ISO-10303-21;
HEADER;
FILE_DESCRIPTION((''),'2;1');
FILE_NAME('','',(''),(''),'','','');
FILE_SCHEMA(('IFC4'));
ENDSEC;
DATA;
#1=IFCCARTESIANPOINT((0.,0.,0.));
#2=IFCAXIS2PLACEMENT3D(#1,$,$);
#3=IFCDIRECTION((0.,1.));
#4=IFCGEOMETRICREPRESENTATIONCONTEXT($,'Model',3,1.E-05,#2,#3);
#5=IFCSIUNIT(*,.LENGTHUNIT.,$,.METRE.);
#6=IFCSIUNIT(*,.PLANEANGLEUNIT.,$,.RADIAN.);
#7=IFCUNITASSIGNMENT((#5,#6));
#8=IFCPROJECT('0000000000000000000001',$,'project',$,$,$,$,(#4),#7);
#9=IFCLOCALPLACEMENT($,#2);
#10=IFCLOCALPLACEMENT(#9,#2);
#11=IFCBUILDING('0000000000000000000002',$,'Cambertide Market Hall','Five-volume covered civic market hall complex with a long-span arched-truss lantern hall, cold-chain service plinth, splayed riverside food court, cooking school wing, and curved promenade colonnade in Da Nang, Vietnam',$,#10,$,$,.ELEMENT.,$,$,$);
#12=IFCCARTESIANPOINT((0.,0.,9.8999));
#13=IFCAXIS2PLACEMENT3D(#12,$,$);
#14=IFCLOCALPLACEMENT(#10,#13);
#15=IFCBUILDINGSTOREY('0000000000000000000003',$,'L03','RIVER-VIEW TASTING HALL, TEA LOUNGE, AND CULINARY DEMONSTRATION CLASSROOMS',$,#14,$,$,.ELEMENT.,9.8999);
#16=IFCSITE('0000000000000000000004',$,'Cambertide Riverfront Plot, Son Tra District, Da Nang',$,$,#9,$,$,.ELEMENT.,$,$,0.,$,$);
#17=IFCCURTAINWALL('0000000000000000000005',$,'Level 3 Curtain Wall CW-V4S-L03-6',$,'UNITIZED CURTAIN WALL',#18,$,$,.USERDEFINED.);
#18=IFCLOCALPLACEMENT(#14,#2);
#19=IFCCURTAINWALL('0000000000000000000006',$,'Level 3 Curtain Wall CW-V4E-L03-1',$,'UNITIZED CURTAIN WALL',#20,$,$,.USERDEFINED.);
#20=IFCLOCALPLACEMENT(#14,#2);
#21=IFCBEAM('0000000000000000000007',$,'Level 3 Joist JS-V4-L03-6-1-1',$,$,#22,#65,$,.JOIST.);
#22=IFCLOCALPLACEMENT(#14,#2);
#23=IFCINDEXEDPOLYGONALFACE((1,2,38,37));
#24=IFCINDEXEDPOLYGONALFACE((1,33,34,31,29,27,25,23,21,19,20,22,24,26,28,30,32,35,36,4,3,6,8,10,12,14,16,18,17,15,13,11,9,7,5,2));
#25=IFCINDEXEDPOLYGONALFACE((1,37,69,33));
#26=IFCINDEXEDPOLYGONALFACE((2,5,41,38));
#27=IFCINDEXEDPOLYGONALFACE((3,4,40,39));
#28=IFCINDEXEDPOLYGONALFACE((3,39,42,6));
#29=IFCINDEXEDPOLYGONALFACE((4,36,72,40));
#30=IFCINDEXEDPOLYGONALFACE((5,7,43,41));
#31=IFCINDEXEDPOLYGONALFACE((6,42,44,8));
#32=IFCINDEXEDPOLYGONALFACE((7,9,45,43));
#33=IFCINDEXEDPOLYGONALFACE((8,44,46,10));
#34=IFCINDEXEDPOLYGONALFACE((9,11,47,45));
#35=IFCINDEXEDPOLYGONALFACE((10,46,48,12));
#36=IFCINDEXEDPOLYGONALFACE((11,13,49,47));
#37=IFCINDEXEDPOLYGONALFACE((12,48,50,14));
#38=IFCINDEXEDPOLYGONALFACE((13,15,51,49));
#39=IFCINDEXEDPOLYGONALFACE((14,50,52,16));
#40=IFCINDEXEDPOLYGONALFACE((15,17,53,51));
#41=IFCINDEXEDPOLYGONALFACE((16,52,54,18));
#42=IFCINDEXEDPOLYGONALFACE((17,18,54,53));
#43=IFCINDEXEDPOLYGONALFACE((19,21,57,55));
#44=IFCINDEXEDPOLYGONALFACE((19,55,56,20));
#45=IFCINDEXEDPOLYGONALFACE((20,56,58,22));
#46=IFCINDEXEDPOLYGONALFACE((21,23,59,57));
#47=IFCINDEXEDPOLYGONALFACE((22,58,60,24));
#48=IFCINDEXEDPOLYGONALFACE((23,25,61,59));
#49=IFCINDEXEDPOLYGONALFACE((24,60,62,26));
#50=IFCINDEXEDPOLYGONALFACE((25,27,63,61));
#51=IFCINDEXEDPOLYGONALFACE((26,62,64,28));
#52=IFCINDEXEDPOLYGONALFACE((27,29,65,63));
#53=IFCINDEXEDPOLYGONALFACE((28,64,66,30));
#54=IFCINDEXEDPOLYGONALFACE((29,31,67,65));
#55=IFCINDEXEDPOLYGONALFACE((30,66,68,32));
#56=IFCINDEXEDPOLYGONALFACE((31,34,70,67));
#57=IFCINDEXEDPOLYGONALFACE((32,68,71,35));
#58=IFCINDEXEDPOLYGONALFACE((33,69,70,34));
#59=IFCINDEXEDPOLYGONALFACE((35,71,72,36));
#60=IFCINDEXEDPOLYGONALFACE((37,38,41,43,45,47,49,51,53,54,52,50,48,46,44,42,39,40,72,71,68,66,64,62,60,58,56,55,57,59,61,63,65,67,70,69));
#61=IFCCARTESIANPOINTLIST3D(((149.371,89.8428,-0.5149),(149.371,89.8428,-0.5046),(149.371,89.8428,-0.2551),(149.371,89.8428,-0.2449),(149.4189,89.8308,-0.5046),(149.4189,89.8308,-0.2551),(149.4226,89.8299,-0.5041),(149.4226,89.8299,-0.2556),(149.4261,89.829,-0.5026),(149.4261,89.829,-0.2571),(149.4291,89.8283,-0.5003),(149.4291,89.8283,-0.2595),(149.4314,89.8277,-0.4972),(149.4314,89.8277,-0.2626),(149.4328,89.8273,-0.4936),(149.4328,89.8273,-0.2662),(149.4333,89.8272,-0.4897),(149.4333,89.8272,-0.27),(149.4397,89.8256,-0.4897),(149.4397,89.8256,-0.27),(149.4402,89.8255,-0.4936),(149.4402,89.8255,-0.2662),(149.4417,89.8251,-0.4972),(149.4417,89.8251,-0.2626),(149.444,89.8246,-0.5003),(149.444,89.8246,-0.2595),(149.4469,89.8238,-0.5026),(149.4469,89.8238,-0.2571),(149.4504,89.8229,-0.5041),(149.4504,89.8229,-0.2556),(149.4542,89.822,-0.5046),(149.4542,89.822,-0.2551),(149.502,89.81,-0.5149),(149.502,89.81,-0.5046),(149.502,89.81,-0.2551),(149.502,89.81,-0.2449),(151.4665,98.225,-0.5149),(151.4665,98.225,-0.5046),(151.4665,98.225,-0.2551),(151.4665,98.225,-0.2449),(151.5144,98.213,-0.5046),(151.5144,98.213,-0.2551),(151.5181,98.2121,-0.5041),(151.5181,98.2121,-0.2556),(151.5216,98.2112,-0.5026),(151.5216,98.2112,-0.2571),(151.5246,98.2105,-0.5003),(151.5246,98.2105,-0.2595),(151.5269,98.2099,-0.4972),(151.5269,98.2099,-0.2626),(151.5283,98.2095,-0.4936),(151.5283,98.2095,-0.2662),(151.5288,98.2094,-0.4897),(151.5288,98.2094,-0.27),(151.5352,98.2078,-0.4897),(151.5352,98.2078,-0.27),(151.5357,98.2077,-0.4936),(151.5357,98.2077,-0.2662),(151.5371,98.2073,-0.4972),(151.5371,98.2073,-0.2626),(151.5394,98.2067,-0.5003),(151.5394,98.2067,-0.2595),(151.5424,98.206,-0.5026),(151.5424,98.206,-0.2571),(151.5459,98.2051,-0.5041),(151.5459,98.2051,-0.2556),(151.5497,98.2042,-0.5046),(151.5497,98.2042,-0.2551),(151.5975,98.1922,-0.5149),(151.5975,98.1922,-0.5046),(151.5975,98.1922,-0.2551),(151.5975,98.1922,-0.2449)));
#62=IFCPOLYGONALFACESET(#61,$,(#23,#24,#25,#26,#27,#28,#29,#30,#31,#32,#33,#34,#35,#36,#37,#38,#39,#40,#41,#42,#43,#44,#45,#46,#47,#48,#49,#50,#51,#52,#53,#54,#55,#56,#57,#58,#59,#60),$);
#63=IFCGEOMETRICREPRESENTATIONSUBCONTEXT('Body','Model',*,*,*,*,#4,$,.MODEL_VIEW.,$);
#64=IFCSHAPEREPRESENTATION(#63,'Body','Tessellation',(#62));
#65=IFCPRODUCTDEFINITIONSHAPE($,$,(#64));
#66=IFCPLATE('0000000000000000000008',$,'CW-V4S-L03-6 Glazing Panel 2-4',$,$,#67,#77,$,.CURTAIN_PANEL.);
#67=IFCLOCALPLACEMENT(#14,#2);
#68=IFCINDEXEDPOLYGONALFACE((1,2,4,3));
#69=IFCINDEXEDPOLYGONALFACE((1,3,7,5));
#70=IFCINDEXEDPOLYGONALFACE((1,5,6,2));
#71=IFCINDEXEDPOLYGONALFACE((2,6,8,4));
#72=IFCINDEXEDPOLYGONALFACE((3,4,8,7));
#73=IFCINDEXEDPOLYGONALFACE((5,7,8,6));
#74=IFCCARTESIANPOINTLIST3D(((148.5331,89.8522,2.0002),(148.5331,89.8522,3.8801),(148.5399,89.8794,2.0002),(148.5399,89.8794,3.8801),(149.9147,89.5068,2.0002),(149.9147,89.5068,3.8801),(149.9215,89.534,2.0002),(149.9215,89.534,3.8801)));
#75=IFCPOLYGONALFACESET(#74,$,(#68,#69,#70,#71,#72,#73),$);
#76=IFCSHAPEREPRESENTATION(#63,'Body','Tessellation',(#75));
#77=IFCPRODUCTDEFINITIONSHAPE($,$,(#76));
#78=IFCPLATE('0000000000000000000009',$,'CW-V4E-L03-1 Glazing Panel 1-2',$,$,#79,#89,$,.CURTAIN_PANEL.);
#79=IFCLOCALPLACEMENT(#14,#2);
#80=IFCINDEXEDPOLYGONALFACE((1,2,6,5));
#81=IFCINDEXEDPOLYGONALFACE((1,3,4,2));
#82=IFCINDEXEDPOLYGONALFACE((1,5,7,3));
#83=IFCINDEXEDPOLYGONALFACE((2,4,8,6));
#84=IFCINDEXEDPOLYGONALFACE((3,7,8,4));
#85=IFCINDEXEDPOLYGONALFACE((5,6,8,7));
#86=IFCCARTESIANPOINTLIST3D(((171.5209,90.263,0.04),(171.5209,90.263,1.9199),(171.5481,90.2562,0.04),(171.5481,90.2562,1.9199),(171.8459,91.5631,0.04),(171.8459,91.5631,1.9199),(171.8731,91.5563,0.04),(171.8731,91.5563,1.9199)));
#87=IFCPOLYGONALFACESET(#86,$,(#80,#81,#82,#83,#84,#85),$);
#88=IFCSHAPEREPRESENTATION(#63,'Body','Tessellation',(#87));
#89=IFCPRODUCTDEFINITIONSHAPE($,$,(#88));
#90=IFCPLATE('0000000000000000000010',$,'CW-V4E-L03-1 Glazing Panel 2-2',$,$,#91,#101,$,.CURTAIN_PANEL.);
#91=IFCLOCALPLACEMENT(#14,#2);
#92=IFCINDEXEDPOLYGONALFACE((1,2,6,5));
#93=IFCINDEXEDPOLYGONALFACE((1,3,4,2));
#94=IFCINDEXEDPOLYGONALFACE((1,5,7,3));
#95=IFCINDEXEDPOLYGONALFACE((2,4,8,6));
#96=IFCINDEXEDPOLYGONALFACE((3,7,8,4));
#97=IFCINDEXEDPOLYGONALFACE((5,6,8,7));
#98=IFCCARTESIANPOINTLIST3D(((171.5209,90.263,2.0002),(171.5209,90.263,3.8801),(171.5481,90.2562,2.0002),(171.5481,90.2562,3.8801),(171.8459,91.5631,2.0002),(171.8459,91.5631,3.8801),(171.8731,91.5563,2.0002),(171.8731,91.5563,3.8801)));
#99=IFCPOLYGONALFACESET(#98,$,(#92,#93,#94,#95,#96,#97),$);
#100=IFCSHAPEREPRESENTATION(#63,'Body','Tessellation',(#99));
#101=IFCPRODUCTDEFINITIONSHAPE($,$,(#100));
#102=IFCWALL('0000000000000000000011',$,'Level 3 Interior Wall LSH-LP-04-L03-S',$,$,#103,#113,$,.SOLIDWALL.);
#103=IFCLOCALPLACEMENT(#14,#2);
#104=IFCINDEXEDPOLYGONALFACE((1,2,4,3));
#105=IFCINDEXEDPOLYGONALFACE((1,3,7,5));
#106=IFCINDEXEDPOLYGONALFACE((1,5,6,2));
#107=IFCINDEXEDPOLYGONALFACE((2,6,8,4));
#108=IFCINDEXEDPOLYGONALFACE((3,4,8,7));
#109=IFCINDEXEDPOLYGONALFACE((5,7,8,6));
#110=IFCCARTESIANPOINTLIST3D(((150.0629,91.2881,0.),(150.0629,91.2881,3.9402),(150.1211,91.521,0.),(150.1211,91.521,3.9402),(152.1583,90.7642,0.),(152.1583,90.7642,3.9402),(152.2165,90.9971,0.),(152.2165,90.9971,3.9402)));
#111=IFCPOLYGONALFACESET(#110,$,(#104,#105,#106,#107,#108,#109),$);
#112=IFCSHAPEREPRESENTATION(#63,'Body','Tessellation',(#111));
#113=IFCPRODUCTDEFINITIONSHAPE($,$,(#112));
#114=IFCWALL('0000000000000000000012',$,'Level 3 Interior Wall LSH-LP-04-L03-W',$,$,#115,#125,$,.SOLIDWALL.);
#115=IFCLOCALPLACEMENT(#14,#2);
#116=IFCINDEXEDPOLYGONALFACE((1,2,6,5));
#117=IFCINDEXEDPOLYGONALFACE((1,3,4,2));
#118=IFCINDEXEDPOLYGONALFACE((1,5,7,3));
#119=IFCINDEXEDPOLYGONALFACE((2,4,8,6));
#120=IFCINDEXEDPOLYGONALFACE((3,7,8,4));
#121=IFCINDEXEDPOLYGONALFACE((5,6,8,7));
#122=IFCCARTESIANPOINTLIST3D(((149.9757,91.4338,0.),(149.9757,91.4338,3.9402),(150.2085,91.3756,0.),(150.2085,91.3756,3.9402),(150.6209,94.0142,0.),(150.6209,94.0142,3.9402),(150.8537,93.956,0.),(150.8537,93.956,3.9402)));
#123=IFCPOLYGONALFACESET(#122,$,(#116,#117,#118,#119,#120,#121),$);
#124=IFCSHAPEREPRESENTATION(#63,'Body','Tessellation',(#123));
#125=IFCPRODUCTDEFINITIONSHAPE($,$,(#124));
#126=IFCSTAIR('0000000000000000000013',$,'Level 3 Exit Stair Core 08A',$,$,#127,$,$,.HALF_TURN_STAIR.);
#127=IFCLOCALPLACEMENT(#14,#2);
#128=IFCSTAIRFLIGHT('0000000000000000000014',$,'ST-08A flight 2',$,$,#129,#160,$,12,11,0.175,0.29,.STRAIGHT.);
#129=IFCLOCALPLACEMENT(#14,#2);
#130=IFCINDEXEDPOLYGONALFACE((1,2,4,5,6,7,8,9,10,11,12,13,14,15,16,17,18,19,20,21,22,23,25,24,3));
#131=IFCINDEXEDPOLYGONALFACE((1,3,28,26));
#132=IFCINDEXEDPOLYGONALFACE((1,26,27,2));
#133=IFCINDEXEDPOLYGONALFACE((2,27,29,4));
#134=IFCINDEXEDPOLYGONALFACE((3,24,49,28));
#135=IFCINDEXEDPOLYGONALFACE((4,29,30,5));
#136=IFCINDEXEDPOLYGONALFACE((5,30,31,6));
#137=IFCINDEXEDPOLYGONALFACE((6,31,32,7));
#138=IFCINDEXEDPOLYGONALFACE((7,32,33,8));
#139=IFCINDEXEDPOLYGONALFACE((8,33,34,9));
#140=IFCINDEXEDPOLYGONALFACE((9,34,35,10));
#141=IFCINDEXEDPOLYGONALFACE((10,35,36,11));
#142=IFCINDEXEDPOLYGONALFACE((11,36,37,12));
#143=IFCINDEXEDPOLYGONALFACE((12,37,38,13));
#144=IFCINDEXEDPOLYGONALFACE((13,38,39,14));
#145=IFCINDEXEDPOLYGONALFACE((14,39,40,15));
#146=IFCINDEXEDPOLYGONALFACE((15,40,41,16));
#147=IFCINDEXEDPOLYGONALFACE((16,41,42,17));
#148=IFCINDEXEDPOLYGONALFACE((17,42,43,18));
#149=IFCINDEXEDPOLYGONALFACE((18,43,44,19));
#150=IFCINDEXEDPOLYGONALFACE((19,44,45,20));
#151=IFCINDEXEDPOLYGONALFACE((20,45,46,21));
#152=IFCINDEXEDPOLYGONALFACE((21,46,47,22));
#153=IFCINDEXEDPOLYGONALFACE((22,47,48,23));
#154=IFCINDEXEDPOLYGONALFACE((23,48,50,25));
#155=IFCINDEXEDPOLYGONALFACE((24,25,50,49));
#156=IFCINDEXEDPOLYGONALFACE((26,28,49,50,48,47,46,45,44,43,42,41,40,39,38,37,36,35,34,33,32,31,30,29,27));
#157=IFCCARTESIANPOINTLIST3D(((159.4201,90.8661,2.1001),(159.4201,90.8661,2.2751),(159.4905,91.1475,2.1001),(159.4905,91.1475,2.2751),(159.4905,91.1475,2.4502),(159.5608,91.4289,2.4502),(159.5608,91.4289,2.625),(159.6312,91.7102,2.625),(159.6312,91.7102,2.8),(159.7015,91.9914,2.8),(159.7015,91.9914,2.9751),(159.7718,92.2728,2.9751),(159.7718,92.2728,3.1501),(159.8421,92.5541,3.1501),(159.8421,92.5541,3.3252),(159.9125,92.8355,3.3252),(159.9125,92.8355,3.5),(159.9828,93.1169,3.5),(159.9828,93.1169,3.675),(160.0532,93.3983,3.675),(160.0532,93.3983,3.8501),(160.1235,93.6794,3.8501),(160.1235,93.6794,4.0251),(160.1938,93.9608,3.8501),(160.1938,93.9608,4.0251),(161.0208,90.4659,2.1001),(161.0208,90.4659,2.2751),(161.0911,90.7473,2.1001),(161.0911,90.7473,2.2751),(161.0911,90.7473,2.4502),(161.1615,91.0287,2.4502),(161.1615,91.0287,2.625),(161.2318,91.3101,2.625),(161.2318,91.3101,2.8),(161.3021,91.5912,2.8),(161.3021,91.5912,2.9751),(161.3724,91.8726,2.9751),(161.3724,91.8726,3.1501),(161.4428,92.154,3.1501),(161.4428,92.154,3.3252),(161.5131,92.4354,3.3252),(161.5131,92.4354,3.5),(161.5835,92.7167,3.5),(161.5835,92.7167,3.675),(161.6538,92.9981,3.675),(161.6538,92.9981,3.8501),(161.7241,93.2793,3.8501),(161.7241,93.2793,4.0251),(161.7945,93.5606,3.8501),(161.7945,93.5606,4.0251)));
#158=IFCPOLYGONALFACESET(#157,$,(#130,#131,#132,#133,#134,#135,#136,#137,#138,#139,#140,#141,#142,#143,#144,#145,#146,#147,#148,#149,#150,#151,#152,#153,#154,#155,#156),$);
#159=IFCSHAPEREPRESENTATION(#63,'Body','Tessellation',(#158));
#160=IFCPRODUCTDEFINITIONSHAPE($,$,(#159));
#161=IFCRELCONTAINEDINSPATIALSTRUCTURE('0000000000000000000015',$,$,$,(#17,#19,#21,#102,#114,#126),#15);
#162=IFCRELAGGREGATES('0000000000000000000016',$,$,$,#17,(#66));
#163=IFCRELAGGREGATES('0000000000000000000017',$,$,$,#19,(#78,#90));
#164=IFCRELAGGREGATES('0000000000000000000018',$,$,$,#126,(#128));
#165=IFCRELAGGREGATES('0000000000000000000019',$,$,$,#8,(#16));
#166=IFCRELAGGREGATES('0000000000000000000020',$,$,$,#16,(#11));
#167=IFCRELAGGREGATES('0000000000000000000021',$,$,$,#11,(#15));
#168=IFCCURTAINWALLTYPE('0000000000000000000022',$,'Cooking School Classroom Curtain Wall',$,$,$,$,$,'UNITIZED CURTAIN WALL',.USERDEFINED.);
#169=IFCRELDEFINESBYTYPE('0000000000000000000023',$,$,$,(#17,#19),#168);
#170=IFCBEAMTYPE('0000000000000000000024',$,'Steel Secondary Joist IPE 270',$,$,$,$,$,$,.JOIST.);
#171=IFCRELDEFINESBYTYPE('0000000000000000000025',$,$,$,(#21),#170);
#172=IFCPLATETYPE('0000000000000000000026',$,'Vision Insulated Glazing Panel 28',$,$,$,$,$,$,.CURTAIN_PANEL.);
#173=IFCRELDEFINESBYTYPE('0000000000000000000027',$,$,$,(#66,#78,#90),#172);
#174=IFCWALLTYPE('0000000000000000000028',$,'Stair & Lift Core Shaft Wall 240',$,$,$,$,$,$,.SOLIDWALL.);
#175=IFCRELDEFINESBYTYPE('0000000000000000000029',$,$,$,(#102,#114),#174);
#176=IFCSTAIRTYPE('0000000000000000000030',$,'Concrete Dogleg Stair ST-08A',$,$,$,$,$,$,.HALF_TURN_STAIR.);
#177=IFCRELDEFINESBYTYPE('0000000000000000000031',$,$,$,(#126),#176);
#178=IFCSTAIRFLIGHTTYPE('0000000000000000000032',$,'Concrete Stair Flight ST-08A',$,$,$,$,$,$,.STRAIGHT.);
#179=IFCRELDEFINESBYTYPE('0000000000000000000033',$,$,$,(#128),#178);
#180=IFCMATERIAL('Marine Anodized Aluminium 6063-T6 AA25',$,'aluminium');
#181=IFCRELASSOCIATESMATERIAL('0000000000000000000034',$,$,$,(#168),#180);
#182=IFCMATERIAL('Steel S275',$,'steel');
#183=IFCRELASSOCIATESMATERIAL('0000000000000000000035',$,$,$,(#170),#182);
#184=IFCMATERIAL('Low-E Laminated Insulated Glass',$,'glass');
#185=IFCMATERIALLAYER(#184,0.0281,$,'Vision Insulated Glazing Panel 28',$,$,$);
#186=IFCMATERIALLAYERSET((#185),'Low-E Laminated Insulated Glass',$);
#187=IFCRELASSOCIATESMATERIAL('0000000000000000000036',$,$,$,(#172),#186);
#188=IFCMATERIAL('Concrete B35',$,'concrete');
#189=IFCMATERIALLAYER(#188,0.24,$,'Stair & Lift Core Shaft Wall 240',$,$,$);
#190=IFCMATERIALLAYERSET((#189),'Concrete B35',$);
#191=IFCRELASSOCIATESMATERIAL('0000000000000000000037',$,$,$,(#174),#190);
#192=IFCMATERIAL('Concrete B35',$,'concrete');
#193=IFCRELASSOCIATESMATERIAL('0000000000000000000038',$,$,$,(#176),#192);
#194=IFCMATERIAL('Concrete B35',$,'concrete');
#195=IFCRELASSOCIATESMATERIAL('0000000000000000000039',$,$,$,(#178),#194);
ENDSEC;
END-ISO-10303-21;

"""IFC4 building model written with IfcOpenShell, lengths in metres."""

from ifc_helpers import new_model, si_unit, direction, frame, frame_2d, origin, origin_2d, place, context, subcontext, project, spatial, polyline, rectangle, i_section, outline, extrude, material, layer, layer_set, material_profile, profile_set, type_object, element, aggregate, save


model = new_model("IFC4")

# Units and contexts
model_context = context("Model", 3, precision=1e-05, world=origin(), true_north=direction((0.0, 1.0)))
body_context = subcontext(model_context, "Body", "Model", "MODEL_VIEW")
ifc_project = project(units=[si_unit("LENGTHUNIT", "METRE"), si_unit("PLANEANGLEUNIT", "RADIAN")], contexts=[model_context])

# Site, building, storey
site_placement = place(None, origin())
site = spatial("IfcSite", under=ifc_project, at=site_placement, Name="Cambertide Riverfront Plot, Son Tra District, Da Nang", CompositionType="ELEMENT", RefElevation=0.0)
building_placement = place(site_placement, origin())
building = spatial("IfcBuilding", under=site, at=building_placement, Name="Cambertide Market Hall", Description="Five-volume covered civic market hall complex with a long-span arched-truss lantern hall, cold-chain service plinth, splayed riverside food court, cooking school wing, and curved promenade colonnade in Da Nang, Vietnam", CompositionType="ELEMENT")
storey_placement = place(building_placement, frame((0.0, 0.0, 9.8999)))
storey = spatial("IfcBuildingStorey", under=building, at=storey_placement, Name="L03", Description="RIVER-VIEW TASTING HALL, TEA LOUNGE, AND CULINARY DEMONSTRATION CLASSROOMS", CompositionType="ELEMENT", Elevation=9.8999)

# Curtain wall
ifc_material_1 = material(Name="Marine Anodized Aluminium 6063-T6 AA25", Category="aluminium")
curtain_wall_type = type_object("IfcCurtainWallType", Name="Cooking School Classroom Curtain Wall", ElementType="UNITIZED CURTAIN WALL", PredefinedType="USERDEFINED", material=ifc_material_1)
curtain_wall_1_placement = place(storey_placement, origin())
curtain_wall_1 = element("IfcCurtainWall", 1, at=curtain_wall_1_placement, inside=storey, type_object=curtain_wall_type, Name="Level 3 Curtain Wall CW-V4S-L03-6", ObjectType="UNITIZED CURTAIN WALL", PredefinedType="USERDEFINED")

# Curtain wall
curtain_wall_2_placement = place(storey_placement, origin())
curtain_wall_2 = element("IfcCurtainWall", 2, at=curtain_wall_2_placement, inside=storey, type_object=curtain_wall_type, Name="Level 3 Curtain Wall CW-V4E-L03-1", ObjectType="UNITIZED CURTAIN WALL", PredefinedType="USERDEFINED")

# Beam
ifc_material_2 = material(Name="Steel S275", Category="steel")
ifc_material_profile_1 = material_profile(ifc_material_2, i_section(OverallWidth=0.135, OverallDepth=0.27, WebThickness=0.0066, FlangeThickness=0.0103, FilletRadius=0.0149, at=origin_2d()), Name="IPE 270")
ifc_profile_set_1 = profile_set([ifc_material_profile_1], Name="Steel S275")
beam_type = type_object("IfcBeamType", Name="Steel Secondary Joist IPE 270", PredefinedType="JOIST", material=ifc_profile_set_1)
beam_placement = place(storey_placement, frame((149.4365, 89.8264, -0.3799), z_axis=(0.242529, 0.970144, 0.0), x_axis=(-0.970144, 0.242529, 0.0)))
element("IfcBeam", 3, at=beam_placement, inside=storey, type_object=beam_type, Name="Level 3 Joist JS-V4-L03-6-1-1", PredefinedType="JOIST", context=body_context, shape_type="SweptSolid", body=[
    extrude(i_section(OverallWidth=0.135, OverallDepth=0.27, WebThickness=0.0066, FlangeThickness=0.0103, FilletRadius=0.0149, at=origin_2d()), origin(), (0.0, 0.0, 1.0), 8.6401),
])

# Plates
ifc_material_3 = material(Name="Low-E Laminated Insulated Glass", Category="glass")
ifc_layer_1 = layer(ifc_material_3, 0.0281, Name="Vision Insulated Glazing Panel 28")
ifc_layer_set_1 = layer_set([ifc_layer_1], Name="Low-E Laminated Insulated Glass")
plate_type = type_object("IfcPlateType", Name="Vision Insulated Glazing Panel 28", PredefinedType="CURTAIN_PANEL", material=ifc_layer_set_1)
plate_1_placement = place(storey_placement, frame((149.2273, 89.6931, 2.0002), z_axis=(0.0, 0.0, 1.0), x_axis=(-0.970143, 0.242535, 0.0)))
plate_1 = element("IfcPlate", 4, at=plate_1_placement, type_object=plate_type, Name="CW-V4S-L03-6 Glazing Panel 2-4", PredefinedType="CURTAIN_PANEL", context=body_context, shape_type="SweptSolid", body=[
    extrude(rectangle(XDim=1.4241, YDim=0.0281, at=origin_2d()), origin(), (0.0, 0.0, 1.0), 1.8799),
])
aggregate(curtain_wall_1, [plate_1])
plate_2_placement = place(storey_placement, frame((171.697, 90.9097, 0.04), z_axis=(0.0, 0.0, 1.0), x_axis=(-0.242536, -0.970143, 0.0)))
plate_2 = element("IfcPlate", 5, at=plate_2_placement, type_object=plate_type, Name="CW-V4E-L03-1 Glazing Panel 1-2", PredefinedType="CURTAIN_PANEL", context=body_context, shape_type="SweptSolid", body=[
    extrude(rectangle(XDim=1.3401, YDim=0.0281, at=origin_2d()), origin(), (0.0, 0.0, 1.0), 1.8799),
])
plate_3_placement = place(storey_placement, frame((171.697, 90.9097, 2.0002), z_axis=(0.0, 0.0, 1.0), x_axis=(-0.242536, -0.970143, 0.0)))
plate_3 = element("IfcPlate", 6, at=plate_3_placement, type_object=plate_type, Name="CW-V4E-L03-1 Glazing Panel 2-2", PredefinedType="CURTAIN_PANEL", context=body_context, shape_type="SweptSolid", body=[
    extrude(rectangle(XDim=1.3401, YDim=0.0281, at=origin_2d()), origin(), (0.0, 0.0, 1.0), 1.8799),
])
aggregate(curtain_wall_2, [plate_2, plate_3])

# Walls
ifc_material_4 = material(Name="Concrete B35", Category="concrete")
ifc_layer_2 = layer(ifc_material_4, 0.24, Name="Stair & Lift Core Shaft Wall 240")
ifc_layer_set_2 = layer_set([ifc_layer_2], Name="Concrete B35")
wall_type = type_object("IfcWallType", Name="Stair & Lift Core Shaft Wall 240", PredefinedType="SOLIDWALL", material=ifc_layer_set_2)
wall_1_placement = place(storey_placement, frame((152.1875, 90.8806, 0.0), z_axis=(0.0, 0.0, 1.0), x_axis=(-0.970136, 0.242562, 0.0)))
element("IfcWall", 7, at=wall_1_placement, inside=storey, type_object=wall_type, Name="Level 3 Interior Wall LSH-LP-04-L03-S", PredefinedType="SOLIDWALL", context=body_context, shape_type="SweptSolid", body=[
    extrude(rectangle(XDim=2.1599, YDim=0.24, at=frame_2d((1.0801, 0.0))), origin(), (0.0, 0.0, 1.0), 3.9402),
])
wall_2_placement = place(storey_placement, frame((150.092, 91.4045, 0.0), z_axis=(0.0, 0.0, 1.0), x_axis=(0.242579, 0.970132, 0.0)))
element("IfcWall", 8, at=wall_2_placement, inside=storey, type_object=wall_type, Name="Level 3 Interior Wall LSH-LP-04-L03-W", PredefinedType="SOLIDWALL", context=body_context, shape_type="SweptSolid", body=[
    extrude(rectangle(XDim=2.6599, YDim=0.24, at=frame_2d((1.3301, 0.0))), origin(), (0.0, 0.0, 1.0), 3.9402),
])

# Stair, stair flight
ifc_material_5 = material(Name="Concrete B35", Category="concrete")
stair_type = type_object("IfcStairType", Name="Concrete Dogleg Stair ST-08A", PredefinedType="HALF_TURN_STAIR", material=ifc_material_5)
stair_placement = place(storey_placement, origin())
stair = element("IfcStair", 9, at=stair_placement, inside=storey, type_object=stair_type, Name="Level 3 Exit Stair Core 08A", PredefinedType="HALF_TURN_STAIR")
ifc_material_6 = material(Name="Concrete B35", Category="concrete")
stair_flight_type = type_object("IfcStairFlightType", Name="Concrete Stair Flight ST-08A", PredefinedType="STRAIGHT", material=ifc_material_6)
stair_flight_placement = place(storey_placement, frame((160.2205, 90.666, 2.1001), z_axis=(0.0, 0.0, 1.0), x_axis=(0.242536, 0.970143, 0.0)))
stair_flight = element("IfcStairFlight", 10, at=stair_flight_placement, type_object=stair_flight_type, Name="ST-08A flight 2", NumberOfRisers=12, NumberOfTreads=11, PredefinedType="STRAIGHT", RiserHeight=0.175, TreadLength=0.29, context=body_context, shape_type="SweptSolid", body=[
    extrude(outline(polyline([(0.0, 0.0), (0.0, 0.175), (0.29, 0.175), (0.29, 0.3501), (0.5801, 0.3501), (0.5801, 0.5249), (0.8701, 0.5249), (0.8701, 0.7), (1.1599, 0.7), (1.1599, 0.875), (1.45, 0.875), (1.45, 1.05), (1.74, 1.05), (1.74, 1.2251), (2.03, 1.2251), (2.03, 1.3999), (2.3201, 1.3999), (2.3201, 1.575), (2.6101, 1.575), (2.6101, 1.75), (2.8999, 1.75), (2.8999, 1.925), (3.1899, 1.925), (3.1899, 2.1001), (3.1899, 1.75), (0.29, 0.0), (0.0, 0.0)])), frame((0.0, 0.825, 0.0), z_axis=(0.0, -1.0, 0.0), x_axis=(1.0, 0.0, 0.0)), (0.0, 0.0, 1.0), 1.6499),
])
aggregate(stair, [stair_flight])

save(model, "model.ifc")
